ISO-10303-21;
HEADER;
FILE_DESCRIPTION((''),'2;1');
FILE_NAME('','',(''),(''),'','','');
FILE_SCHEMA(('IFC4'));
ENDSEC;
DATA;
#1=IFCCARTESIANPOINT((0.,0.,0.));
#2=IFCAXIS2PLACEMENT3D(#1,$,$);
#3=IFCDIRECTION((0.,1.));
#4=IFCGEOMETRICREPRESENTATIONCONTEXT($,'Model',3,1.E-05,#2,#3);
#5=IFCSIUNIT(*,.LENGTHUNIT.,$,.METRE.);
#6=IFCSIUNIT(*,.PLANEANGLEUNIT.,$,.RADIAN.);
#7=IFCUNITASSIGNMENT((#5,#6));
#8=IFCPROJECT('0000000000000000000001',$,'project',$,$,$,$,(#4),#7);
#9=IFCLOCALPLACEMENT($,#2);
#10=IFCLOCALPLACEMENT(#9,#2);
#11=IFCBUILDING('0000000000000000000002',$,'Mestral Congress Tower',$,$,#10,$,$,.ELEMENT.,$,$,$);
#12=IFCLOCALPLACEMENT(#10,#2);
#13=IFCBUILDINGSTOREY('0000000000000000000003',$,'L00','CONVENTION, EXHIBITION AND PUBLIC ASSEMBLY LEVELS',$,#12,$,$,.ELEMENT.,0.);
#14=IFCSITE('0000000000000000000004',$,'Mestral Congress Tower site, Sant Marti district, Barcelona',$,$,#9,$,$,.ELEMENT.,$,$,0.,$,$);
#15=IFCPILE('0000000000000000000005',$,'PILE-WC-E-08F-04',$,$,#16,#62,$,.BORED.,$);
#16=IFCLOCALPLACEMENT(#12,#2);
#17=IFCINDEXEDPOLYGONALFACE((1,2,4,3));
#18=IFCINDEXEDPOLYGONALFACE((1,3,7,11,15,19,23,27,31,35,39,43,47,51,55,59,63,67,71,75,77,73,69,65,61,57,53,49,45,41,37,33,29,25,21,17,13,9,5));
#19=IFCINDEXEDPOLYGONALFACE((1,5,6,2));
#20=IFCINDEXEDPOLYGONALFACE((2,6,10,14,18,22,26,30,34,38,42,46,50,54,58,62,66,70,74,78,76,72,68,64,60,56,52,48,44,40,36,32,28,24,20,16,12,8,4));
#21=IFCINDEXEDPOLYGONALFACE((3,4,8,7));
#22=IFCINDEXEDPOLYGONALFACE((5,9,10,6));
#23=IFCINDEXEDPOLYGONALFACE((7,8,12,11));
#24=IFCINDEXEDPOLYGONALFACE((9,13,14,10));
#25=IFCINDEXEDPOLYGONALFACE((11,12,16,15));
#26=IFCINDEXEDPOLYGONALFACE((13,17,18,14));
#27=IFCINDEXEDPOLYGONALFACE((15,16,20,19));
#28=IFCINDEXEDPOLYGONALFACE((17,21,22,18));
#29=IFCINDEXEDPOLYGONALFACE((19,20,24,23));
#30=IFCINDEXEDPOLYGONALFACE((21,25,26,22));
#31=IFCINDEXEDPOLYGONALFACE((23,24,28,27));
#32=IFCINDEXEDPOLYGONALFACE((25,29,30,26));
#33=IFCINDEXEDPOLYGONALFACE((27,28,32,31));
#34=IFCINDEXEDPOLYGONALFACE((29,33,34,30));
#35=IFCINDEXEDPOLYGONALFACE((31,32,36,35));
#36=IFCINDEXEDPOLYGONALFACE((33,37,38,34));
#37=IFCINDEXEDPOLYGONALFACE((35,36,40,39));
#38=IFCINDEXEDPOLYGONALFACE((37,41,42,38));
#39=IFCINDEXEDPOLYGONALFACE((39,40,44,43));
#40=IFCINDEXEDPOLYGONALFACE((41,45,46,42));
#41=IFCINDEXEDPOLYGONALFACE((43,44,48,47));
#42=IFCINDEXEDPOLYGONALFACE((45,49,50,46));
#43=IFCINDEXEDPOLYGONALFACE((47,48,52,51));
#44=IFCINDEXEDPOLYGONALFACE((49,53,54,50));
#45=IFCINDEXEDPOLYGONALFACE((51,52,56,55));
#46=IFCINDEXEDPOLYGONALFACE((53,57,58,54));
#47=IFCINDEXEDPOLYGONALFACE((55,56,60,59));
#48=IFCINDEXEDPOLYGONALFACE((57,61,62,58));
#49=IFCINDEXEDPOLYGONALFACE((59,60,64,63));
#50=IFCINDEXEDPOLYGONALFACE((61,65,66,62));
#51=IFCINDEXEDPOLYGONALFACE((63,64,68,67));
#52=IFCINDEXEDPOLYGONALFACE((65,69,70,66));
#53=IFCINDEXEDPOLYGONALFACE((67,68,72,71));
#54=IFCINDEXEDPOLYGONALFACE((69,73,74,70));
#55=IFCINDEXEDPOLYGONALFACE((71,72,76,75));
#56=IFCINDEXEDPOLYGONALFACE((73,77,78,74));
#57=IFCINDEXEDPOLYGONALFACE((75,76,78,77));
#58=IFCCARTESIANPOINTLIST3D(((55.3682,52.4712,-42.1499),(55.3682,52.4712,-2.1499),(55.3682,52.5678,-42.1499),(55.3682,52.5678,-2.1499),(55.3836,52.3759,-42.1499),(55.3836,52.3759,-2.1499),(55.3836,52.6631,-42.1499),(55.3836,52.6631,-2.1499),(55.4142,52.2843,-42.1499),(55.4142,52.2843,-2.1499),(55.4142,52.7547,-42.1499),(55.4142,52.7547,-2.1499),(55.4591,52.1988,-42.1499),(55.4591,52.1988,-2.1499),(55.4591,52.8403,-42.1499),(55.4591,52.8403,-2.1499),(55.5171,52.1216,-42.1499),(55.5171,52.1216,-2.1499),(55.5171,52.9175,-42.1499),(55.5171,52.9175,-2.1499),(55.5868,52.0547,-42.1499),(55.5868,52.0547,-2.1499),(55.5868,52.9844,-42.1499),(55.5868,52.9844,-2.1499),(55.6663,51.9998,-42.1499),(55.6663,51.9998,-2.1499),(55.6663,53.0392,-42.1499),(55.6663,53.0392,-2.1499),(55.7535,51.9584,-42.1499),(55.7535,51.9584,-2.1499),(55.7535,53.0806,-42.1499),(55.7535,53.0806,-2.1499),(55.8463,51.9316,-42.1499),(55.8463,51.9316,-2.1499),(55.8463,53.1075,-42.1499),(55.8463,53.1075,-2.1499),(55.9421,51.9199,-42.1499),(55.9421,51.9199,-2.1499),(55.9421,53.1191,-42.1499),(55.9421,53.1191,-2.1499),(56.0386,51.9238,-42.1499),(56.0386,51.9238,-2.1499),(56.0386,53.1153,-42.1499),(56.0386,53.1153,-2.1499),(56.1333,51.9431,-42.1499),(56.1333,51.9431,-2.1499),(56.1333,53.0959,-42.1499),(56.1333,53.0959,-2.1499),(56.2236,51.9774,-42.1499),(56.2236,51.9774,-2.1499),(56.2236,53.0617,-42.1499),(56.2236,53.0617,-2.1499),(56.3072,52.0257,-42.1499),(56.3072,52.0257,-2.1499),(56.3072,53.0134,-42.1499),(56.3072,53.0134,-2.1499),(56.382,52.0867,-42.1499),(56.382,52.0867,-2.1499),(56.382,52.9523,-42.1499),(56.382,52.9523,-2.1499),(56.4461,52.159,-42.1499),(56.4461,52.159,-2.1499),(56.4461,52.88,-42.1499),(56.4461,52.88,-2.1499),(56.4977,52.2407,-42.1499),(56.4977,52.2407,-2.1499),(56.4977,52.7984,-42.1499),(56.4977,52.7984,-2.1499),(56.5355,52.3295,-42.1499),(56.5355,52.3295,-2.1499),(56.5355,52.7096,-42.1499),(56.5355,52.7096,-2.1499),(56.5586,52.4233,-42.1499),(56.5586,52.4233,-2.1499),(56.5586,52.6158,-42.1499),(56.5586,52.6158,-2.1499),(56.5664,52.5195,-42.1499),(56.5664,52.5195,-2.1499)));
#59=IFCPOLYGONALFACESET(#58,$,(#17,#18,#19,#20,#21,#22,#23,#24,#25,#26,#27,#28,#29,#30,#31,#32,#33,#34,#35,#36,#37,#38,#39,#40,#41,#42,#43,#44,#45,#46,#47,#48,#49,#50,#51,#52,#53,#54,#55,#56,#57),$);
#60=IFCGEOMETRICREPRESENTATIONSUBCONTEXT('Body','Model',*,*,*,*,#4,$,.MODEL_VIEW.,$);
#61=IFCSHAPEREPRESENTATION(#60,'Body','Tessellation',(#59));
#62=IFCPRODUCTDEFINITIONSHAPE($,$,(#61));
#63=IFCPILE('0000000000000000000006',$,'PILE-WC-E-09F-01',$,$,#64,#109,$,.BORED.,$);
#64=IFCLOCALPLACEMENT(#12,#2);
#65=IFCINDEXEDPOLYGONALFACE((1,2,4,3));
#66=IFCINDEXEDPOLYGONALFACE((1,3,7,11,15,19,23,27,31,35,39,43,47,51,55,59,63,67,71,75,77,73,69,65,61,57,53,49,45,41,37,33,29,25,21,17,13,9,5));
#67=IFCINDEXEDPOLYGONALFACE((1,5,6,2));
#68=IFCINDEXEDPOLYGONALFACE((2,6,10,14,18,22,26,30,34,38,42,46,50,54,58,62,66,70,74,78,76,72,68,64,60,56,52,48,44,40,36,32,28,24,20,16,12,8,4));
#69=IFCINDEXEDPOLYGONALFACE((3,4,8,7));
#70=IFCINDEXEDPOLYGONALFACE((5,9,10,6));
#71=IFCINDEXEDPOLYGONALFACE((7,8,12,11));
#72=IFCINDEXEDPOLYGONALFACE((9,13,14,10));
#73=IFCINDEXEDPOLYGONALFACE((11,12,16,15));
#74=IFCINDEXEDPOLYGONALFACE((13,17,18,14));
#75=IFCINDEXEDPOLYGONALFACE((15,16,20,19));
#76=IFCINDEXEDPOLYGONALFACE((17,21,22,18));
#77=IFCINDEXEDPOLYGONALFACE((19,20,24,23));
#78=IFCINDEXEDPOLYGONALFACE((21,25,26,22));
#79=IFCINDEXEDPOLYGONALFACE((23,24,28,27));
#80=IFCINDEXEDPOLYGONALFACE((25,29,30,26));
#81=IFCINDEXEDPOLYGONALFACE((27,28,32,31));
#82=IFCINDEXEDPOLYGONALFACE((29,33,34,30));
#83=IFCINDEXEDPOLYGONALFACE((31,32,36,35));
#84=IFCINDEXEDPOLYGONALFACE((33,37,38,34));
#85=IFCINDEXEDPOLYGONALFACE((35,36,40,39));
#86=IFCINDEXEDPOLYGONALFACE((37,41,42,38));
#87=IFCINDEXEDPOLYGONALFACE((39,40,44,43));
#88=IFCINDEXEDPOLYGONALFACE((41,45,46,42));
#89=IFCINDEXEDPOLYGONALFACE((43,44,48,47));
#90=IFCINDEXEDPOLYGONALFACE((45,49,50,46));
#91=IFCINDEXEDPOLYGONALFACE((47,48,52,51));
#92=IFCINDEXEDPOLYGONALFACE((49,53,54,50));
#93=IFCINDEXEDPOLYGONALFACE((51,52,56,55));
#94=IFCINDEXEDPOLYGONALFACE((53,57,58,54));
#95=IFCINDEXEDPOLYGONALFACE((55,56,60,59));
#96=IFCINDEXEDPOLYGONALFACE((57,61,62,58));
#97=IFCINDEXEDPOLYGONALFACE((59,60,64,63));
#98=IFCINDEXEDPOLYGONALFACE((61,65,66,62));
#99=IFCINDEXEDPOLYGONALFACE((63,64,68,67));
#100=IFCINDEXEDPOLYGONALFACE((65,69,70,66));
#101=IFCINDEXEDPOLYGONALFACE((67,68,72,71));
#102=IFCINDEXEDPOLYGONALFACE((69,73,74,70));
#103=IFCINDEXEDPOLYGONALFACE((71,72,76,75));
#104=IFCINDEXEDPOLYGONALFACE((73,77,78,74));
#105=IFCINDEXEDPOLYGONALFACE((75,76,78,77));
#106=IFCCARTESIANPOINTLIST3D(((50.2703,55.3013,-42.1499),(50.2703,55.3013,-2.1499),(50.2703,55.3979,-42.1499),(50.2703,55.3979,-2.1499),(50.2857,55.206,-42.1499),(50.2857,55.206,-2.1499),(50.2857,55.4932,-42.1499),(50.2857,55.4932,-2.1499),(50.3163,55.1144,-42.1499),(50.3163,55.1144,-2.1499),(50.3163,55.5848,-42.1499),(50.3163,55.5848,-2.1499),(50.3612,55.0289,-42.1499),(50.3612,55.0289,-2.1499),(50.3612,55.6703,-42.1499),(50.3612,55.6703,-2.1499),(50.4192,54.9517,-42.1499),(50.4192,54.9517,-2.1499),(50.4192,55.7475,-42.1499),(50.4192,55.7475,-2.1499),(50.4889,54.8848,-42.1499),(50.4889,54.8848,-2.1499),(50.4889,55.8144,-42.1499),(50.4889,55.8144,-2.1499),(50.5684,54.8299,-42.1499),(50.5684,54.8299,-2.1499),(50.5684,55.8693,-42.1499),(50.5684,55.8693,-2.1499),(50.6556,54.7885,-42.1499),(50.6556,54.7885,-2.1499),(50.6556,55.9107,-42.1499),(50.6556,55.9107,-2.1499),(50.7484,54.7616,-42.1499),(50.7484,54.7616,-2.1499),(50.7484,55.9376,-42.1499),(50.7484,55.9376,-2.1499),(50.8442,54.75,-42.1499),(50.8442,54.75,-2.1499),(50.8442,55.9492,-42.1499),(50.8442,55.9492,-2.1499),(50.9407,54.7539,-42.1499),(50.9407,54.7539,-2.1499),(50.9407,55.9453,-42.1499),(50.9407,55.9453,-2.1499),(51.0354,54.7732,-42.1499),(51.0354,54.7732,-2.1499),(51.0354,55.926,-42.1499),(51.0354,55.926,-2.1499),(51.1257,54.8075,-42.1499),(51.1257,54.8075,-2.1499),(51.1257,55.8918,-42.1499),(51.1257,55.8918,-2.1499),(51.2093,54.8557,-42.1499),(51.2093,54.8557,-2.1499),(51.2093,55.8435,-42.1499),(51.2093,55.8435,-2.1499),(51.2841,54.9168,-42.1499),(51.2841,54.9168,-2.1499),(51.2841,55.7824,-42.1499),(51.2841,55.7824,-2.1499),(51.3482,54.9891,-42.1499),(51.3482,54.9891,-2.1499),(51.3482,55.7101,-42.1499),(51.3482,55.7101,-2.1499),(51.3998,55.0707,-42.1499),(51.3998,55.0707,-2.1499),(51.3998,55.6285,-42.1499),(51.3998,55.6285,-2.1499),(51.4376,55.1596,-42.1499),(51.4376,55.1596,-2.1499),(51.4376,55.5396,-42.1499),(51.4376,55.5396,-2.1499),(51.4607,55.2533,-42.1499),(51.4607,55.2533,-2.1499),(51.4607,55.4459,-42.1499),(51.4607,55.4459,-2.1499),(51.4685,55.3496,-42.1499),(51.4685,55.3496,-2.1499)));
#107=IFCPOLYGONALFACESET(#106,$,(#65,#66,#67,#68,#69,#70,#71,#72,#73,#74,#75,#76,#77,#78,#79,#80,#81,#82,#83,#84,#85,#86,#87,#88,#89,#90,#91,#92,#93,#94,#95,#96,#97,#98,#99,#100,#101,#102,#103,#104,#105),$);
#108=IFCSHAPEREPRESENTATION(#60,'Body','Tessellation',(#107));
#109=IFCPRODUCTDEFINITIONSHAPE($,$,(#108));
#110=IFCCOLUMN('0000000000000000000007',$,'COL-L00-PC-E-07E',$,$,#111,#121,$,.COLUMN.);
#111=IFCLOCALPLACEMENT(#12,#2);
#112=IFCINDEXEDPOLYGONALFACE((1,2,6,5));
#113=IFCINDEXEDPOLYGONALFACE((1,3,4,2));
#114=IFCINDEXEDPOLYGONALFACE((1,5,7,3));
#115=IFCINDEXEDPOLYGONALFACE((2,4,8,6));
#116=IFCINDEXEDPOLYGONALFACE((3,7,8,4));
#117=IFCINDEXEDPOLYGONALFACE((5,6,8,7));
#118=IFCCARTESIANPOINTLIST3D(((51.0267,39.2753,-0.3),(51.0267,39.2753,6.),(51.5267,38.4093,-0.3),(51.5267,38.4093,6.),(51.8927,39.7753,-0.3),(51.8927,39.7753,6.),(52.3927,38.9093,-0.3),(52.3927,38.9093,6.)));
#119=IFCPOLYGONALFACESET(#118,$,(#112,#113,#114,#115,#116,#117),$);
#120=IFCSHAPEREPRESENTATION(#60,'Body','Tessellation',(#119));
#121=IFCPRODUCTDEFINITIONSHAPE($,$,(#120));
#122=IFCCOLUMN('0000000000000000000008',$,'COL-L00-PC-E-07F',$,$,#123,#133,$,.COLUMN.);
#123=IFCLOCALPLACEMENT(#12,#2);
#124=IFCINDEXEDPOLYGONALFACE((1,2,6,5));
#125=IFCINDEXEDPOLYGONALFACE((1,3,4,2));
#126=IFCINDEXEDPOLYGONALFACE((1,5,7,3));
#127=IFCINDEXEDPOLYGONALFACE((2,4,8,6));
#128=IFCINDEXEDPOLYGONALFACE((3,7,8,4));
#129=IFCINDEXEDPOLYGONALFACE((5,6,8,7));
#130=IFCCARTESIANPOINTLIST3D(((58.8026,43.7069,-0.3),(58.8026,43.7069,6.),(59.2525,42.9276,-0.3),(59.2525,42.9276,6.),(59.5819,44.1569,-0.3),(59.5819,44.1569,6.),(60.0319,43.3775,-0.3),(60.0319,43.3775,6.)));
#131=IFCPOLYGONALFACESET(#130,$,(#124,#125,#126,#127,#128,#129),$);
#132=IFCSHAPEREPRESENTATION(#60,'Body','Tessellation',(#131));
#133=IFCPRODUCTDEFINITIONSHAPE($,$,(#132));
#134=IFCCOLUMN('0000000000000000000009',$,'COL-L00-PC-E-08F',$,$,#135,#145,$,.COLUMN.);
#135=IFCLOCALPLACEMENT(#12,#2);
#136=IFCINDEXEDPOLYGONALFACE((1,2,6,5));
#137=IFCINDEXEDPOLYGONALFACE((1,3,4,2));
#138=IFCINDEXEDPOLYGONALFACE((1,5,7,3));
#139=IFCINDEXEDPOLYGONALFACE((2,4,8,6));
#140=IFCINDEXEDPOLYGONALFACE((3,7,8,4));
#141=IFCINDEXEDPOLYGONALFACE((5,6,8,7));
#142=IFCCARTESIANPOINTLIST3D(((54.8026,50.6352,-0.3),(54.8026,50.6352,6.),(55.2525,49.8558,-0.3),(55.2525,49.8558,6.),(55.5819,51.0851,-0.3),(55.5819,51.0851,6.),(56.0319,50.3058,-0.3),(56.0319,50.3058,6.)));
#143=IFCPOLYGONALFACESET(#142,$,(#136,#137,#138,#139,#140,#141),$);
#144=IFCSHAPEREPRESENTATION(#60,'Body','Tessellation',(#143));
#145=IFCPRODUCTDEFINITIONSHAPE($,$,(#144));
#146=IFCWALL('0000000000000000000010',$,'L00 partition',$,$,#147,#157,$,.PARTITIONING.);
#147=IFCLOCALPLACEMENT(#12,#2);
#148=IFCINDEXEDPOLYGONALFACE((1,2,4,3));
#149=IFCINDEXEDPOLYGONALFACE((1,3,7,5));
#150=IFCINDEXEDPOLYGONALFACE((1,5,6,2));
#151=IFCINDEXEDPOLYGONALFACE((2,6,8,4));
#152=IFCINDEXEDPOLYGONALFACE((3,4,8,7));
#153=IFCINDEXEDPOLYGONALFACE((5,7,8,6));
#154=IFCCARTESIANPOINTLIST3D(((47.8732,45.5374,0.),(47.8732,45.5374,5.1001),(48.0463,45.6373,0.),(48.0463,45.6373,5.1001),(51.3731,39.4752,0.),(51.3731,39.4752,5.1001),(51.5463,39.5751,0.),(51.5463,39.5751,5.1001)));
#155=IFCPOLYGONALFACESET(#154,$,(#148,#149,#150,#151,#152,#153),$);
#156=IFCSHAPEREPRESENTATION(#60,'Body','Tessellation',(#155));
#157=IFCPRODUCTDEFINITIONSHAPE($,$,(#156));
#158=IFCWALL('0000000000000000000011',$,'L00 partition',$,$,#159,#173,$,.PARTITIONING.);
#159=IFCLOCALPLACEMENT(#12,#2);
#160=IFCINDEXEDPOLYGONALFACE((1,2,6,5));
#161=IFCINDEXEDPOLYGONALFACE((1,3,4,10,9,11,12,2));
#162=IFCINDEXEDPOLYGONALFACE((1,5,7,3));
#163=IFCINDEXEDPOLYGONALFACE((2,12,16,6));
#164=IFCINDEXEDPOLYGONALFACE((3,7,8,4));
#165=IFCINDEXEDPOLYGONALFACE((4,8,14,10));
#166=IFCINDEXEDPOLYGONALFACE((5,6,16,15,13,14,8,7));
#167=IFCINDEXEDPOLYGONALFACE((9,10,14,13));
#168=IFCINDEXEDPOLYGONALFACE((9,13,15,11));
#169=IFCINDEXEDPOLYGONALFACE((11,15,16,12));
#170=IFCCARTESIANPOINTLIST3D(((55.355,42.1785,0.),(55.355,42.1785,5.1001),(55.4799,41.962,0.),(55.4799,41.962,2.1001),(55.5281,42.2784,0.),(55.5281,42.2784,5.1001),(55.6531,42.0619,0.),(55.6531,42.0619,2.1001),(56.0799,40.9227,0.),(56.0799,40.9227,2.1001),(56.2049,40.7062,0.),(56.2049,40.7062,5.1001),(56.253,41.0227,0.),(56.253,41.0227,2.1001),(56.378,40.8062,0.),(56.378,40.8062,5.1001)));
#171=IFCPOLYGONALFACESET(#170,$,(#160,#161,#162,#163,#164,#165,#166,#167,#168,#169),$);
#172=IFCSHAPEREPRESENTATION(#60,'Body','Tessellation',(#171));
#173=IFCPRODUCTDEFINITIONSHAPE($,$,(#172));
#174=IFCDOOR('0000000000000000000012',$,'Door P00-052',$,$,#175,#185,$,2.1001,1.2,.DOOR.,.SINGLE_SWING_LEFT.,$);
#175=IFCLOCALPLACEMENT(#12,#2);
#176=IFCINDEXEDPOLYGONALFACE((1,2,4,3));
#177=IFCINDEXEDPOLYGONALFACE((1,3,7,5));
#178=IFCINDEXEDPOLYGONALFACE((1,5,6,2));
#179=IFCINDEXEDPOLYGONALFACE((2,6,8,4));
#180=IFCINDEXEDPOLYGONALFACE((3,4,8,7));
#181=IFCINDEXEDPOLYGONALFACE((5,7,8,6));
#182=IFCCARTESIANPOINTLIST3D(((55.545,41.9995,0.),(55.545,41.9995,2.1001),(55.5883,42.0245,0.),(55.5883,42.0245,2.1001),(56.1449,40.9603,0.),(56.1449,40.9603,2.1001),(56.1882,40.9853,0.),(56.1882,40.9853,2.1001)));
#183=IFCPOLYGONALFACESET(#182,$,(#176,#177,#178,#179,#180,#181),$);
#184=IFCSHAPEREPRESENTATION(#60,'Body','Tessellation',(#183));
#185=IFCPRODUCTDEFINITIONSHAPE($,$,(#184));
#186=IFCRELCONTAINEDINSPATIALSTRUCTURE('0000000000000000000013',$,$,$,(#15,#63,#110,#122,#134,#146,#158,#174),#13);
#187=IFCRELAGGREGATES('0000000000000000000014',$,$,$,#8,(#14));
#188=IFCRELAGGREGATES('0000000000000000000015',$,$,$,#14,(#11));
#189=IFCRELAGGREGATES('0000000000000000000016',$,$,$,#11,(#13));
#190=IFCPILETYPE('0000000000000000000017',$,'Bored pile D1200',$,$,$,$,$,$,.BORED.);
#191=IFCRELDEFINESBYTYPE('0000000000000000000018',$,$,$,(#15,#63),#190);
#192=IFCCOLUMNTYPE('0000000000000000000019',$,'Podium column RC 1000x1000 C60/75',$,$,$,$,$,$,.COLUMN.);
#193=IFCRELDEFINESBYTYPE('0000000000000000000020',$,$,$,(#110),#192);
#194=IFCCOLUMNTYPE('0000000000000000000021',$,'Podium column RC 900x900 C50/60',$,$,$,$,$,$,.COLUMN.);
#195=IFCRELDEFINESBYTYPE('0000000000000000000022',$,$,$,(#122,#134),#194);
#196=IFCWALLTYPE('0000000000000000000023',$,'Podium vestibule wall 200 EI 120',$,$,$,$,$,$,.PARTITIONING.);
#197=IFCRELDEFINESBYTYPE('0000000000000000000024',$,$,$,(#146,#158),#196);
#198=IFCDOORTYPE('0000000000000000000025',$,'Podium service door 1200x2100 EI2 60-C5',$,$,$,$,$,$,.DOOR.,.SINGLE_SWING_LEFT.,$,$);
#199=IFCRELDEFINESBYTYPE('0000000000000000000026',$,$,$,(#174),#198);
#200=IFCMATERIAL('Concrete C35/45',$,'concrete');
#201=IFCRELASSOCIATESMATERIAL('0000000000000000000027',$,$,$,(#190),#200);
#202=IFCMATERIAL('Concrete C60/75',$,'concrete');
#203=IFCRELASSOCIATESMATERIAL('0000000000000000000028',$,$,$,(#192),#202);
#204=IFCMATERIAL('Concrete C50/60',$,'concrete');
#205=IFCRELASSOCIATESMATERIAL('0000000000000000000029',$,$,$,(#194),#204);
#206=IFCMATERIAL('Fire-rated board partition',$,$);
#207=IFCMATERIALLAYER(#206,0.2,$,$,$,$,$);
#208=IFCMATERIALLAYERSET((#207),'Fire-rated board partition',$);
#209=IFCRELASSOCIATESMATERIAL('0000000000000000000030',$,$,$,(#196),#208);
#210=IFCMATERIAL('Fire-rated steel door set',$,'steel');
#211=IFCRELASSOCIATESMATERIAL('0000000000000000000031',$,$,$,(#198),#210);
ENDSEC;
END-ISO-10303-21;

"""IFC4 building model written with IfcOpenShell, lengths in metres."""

from ifc_helpers import new_model, si_unit, direction, frame, frame_2d, origin, origin_2d, place, context, subcontext, project, spatial, rectangle, circle, extrude, material, layer, layer_set, material_profile, profile_set, type_object, element, fill, save


model = new_model("IFC4")

# Units and contexts
model_context = context("Model", 3, precision=1e-05, world=origin(), true_north=direction((0.0, 1.0)))
body_context = subcontext(model_context, "Body", "Model", "MODEL_VIEW")
ifc_project = project(units=[si_unit("LENGTHUNIT", "METRE"), si_unit("PLANEANGLEUNIT", "RADIAN")], contexts=[model_context])

# Site, building, storey
site_placement = place(None, origin())
site = spatial("IfcSite", under=ifc_project, at=site_placement, Name="Mestral Congress Tower site, Sant Marti district, Barcelona", CompositionType="ELEMENT", RefElevation=0.0)
building_placement = place(site_placement, origin())
building = spatial("IfcBuilding", under=site, at=building_placement, Name="Mestral Congress Tower", CompositionType="ELEMENT")
storey_placement = place(building_placement, origin())
storey = spatial("IfcBuildingStorey", under=building, at=storey_placement, Name="L00", Description="CONVENTION, EXHIBITION AND PUBLIC ASSEMBLY LEVELS", CompositionType="ELEMENT", Elevation=0.0)

# Piles
ifc_material_1 = material(Name="Concrete C35/45", Category="concrete")
ifc_material_profile_1 = material_profile(ifc_material_1, circle(Radius=0.6001, at=origin_2d()), Name="D1200")
ifc_profile_set_1 = profile_set([ifc_material_profile_1], Name="Concrete C35/45")
pile_type = type_object("IfcPileType", Name="Bored pile D1200", PredefinedType="BORED", material=ifc_profile_set_1)
for number, where, z_axis, x_axis, name in (
    (1, (55.9663, 52.5195, -2.1499), (0.0, 0.0, -1.0), (1.0, 0.0, 0.0), "PILE-WC-E-08F-04"),
    (2, (50.8684, 55.3496, -2.1499), (0.0, 0.0, -1.0), (1.0, 0.0, 0.0), "PILE-WC-E-09F-01"),
):
    element("IfcPile", number, at=place(storey_placement, frame(where, z_axis=z_axis, x_axis=x_axis)), inside=storey, type_object=pile_type, Name=name, PredefinedType="BORED", context=body_context, shape_type="SweptSolid", body=[
        extrude(circle(Radius=0.6001, at=origin_2d()), origin(), (0.0, 0.0, 1.0), 40.0),
    ])

# Columns
ifc_material_2 = material(Name="Concrete C60/75", Category="concrete")
ifc_material_profile_2 = material_profile(ifc_material_2, rectangle(XDim=1.0, YDim=1.0, at=origin_2d()), Name="RC 1000x1000")
ifc_profile_set_2 = profile_set([ifc_material_profile_2], Name="Concrete C60/75")
column_type_1 = type_object("IfcColumnType", Name="Podium column RC 1000x1000 C60/75", PredefinedType="COLUMN", material=ifc_profile_set_2)
column_placement = place(storey_placement, frame((51.7097, 39.0923, -0.3), z_axis=(0.0, 0.0, 1.0), x_axis=(-0.5, 0.866025, 0.0)))
element("IfcColumn", 3, at=column_placement, inside=storey, type_object=column_type_1, Name="COL-L00-PC-E-07E", PredefinedType="COLUMN", context=body_context, shape_type="SweptSolid", body=[
    extrude(rectangle(XDim=1.0, YDim=1.0, at=origin_2d()), origin(), (0.0, 0.0, 1.0), 6.3),
])
ifc_material_3 = material(Name="Concrete C50/60", Category="concrete")
ifc_material_profile_3 = material_profile(ifc_material_3, rectangle(XDim=0.8999, YDim=0.8999, at=origin_2d()), Name="RC 900x900")
ifc_profile_set_3 = profile_set([ifc_material_profile_3], Name="Concrete C50/60")
column_type_2 = type_object("IfcColumnType", Name="Podium column RC 900x900 C50/60", PredefinedType="COLUMN", material=ifc_profile_set_3)
for number, where, z_axis, x_axis, name in (
    (4, (59.4172, 43.5422, -0.3), (0.0, 0.0, 1.0), (-0.5, 0.866025, 0.0), "COL-L00-PC-E-07F"),
    (5, (55.4172, 50.4705, -0.3), (0.0, 0.0, 1.0), (-0.5, 0.866025, 0.0), "COL-L00-PC-E-08F"),
):
    element("IfcColumn", number, at=place(storey_placement, frame(where, z_axis=z_axis, x_axis=x_axis)), inside=storey, type_object=column_type_2, Name=name, PredefinedType="COLUMN", context=body_context, shape_type="SweptSolid", body=[
        extrude(rectangle(XDim=0.8999, YDim=0.8999, at=origin_2d()), origin(), (0.0, 0.0, 1.0), 6.3),
    ])

# Wall
ifc_material_4 = material(Name="Fire-rated board partition")
ifc_layer = layer(ifc_material_4, 0.2)
ifc_layer_set = layer_set([ifc_layer], Name="Fire-rated board partition")
wall_type = type_object("IfcWallType", Name="Podium vestibule wall 200 EI 120", PredefinedType="PARTITIONING", material=ifc_layer_set)
wall_1_placement = place(storey_placement, frame((51.4597, 39.5251, 0.0), z_axis=(0.0, 0.0, 1.0), x_axis=(-0.499995, 0.866028, 0.0)))
element("IfcWall", 6, at=wall_1_placement, inside=storey, type_object=wall_type, Name="L00 partition", PredefinedType="PARTITIONING", context=body_context, shape_type="SweptSolid", body=[
    extrude(rectangle(XDim=7.0, YDim=0.2, at=frame_2d((3.5, 0.0))), origin(), (0.0, 0.0, 1.0), 5.1001),
])

# Wall, opening, door
wall_2_placement = place(storey_placement, frame((56.2915, 40.7561, 0.0), z_axis=(0.0, 0.0, 1.0), x_axis=(-0.499955, 0.866052, 0.0)))
wall_2 = element("IfcWall", 7, at=wall_2_placement, inside=storey, type_object=wall_type, Name="L00 partition", PredefinedType="PARTITIONING", context=body_context, shape_type="SweptSolid", body=[
    extrude(rectangle(XDim=1.7, YDim=0.2, at=frame_2d((0.8501, 0.0))), origin(), (0.0, 0.0, 1.0), 5.1001),
])
opening_1_placement = place(wall_2_placement, frame((0.25, 0.0, 0.0)))
opening_1 = element("IfcOpeningElement", 8, at=opening_1_placement, cuts=wall_2, PredefinedType="OPENING", context=body_context, shape_type="SweptSolid", body=[
    extrude(rectangle(XDim=1.2, YDim=2.1001, at=frame_2d((0.6001, 1.05))), frame((0.0, 0.1099, 0.0), z_axis=(0.0, -1.0, 0.0), x_axis=(1.0, 0.0, 0.0)), (0.0, 0.0, 1.0), 0.22),
])
ifc_material_5 = material(Name="Fire-rated steel door set", Category="steel")
door_type = type_object("IfcDoorType", Name="Podium service door 1200x2100 EI2 60-C5", OperationType="SINGLE_SWING_LEFT", PredefinedType="DOOR", material=ifc_material_5)
door_1_placement = place(opening_1_placement, origin())
door_1 = element("IfcDoor", 9, at=door_1_placement, inside=storey, type_object=door_type, Name="Door P00-052", OperationType="SINGLE_SWING_LEFT", OverallHeight=2.1001, OverallWidth=1.2, PredefinedType="DOOR", context=body_context, shape_type="SweptSolid", body=[
    extrude(rectangle(XDim=1.2, YDim=2.1001, at=frame_2d((0.6001, 1.05))), frame((0.0, 0.0249, 0.0), z_axis=(0.0, -1.0, 0.0), x_axis=(1.0, 0.0, 0.0)), (0.0, 0.0, 1.0), 0.05),
])
fill(opening_1, door_1)

save(model, "model.ifc")
